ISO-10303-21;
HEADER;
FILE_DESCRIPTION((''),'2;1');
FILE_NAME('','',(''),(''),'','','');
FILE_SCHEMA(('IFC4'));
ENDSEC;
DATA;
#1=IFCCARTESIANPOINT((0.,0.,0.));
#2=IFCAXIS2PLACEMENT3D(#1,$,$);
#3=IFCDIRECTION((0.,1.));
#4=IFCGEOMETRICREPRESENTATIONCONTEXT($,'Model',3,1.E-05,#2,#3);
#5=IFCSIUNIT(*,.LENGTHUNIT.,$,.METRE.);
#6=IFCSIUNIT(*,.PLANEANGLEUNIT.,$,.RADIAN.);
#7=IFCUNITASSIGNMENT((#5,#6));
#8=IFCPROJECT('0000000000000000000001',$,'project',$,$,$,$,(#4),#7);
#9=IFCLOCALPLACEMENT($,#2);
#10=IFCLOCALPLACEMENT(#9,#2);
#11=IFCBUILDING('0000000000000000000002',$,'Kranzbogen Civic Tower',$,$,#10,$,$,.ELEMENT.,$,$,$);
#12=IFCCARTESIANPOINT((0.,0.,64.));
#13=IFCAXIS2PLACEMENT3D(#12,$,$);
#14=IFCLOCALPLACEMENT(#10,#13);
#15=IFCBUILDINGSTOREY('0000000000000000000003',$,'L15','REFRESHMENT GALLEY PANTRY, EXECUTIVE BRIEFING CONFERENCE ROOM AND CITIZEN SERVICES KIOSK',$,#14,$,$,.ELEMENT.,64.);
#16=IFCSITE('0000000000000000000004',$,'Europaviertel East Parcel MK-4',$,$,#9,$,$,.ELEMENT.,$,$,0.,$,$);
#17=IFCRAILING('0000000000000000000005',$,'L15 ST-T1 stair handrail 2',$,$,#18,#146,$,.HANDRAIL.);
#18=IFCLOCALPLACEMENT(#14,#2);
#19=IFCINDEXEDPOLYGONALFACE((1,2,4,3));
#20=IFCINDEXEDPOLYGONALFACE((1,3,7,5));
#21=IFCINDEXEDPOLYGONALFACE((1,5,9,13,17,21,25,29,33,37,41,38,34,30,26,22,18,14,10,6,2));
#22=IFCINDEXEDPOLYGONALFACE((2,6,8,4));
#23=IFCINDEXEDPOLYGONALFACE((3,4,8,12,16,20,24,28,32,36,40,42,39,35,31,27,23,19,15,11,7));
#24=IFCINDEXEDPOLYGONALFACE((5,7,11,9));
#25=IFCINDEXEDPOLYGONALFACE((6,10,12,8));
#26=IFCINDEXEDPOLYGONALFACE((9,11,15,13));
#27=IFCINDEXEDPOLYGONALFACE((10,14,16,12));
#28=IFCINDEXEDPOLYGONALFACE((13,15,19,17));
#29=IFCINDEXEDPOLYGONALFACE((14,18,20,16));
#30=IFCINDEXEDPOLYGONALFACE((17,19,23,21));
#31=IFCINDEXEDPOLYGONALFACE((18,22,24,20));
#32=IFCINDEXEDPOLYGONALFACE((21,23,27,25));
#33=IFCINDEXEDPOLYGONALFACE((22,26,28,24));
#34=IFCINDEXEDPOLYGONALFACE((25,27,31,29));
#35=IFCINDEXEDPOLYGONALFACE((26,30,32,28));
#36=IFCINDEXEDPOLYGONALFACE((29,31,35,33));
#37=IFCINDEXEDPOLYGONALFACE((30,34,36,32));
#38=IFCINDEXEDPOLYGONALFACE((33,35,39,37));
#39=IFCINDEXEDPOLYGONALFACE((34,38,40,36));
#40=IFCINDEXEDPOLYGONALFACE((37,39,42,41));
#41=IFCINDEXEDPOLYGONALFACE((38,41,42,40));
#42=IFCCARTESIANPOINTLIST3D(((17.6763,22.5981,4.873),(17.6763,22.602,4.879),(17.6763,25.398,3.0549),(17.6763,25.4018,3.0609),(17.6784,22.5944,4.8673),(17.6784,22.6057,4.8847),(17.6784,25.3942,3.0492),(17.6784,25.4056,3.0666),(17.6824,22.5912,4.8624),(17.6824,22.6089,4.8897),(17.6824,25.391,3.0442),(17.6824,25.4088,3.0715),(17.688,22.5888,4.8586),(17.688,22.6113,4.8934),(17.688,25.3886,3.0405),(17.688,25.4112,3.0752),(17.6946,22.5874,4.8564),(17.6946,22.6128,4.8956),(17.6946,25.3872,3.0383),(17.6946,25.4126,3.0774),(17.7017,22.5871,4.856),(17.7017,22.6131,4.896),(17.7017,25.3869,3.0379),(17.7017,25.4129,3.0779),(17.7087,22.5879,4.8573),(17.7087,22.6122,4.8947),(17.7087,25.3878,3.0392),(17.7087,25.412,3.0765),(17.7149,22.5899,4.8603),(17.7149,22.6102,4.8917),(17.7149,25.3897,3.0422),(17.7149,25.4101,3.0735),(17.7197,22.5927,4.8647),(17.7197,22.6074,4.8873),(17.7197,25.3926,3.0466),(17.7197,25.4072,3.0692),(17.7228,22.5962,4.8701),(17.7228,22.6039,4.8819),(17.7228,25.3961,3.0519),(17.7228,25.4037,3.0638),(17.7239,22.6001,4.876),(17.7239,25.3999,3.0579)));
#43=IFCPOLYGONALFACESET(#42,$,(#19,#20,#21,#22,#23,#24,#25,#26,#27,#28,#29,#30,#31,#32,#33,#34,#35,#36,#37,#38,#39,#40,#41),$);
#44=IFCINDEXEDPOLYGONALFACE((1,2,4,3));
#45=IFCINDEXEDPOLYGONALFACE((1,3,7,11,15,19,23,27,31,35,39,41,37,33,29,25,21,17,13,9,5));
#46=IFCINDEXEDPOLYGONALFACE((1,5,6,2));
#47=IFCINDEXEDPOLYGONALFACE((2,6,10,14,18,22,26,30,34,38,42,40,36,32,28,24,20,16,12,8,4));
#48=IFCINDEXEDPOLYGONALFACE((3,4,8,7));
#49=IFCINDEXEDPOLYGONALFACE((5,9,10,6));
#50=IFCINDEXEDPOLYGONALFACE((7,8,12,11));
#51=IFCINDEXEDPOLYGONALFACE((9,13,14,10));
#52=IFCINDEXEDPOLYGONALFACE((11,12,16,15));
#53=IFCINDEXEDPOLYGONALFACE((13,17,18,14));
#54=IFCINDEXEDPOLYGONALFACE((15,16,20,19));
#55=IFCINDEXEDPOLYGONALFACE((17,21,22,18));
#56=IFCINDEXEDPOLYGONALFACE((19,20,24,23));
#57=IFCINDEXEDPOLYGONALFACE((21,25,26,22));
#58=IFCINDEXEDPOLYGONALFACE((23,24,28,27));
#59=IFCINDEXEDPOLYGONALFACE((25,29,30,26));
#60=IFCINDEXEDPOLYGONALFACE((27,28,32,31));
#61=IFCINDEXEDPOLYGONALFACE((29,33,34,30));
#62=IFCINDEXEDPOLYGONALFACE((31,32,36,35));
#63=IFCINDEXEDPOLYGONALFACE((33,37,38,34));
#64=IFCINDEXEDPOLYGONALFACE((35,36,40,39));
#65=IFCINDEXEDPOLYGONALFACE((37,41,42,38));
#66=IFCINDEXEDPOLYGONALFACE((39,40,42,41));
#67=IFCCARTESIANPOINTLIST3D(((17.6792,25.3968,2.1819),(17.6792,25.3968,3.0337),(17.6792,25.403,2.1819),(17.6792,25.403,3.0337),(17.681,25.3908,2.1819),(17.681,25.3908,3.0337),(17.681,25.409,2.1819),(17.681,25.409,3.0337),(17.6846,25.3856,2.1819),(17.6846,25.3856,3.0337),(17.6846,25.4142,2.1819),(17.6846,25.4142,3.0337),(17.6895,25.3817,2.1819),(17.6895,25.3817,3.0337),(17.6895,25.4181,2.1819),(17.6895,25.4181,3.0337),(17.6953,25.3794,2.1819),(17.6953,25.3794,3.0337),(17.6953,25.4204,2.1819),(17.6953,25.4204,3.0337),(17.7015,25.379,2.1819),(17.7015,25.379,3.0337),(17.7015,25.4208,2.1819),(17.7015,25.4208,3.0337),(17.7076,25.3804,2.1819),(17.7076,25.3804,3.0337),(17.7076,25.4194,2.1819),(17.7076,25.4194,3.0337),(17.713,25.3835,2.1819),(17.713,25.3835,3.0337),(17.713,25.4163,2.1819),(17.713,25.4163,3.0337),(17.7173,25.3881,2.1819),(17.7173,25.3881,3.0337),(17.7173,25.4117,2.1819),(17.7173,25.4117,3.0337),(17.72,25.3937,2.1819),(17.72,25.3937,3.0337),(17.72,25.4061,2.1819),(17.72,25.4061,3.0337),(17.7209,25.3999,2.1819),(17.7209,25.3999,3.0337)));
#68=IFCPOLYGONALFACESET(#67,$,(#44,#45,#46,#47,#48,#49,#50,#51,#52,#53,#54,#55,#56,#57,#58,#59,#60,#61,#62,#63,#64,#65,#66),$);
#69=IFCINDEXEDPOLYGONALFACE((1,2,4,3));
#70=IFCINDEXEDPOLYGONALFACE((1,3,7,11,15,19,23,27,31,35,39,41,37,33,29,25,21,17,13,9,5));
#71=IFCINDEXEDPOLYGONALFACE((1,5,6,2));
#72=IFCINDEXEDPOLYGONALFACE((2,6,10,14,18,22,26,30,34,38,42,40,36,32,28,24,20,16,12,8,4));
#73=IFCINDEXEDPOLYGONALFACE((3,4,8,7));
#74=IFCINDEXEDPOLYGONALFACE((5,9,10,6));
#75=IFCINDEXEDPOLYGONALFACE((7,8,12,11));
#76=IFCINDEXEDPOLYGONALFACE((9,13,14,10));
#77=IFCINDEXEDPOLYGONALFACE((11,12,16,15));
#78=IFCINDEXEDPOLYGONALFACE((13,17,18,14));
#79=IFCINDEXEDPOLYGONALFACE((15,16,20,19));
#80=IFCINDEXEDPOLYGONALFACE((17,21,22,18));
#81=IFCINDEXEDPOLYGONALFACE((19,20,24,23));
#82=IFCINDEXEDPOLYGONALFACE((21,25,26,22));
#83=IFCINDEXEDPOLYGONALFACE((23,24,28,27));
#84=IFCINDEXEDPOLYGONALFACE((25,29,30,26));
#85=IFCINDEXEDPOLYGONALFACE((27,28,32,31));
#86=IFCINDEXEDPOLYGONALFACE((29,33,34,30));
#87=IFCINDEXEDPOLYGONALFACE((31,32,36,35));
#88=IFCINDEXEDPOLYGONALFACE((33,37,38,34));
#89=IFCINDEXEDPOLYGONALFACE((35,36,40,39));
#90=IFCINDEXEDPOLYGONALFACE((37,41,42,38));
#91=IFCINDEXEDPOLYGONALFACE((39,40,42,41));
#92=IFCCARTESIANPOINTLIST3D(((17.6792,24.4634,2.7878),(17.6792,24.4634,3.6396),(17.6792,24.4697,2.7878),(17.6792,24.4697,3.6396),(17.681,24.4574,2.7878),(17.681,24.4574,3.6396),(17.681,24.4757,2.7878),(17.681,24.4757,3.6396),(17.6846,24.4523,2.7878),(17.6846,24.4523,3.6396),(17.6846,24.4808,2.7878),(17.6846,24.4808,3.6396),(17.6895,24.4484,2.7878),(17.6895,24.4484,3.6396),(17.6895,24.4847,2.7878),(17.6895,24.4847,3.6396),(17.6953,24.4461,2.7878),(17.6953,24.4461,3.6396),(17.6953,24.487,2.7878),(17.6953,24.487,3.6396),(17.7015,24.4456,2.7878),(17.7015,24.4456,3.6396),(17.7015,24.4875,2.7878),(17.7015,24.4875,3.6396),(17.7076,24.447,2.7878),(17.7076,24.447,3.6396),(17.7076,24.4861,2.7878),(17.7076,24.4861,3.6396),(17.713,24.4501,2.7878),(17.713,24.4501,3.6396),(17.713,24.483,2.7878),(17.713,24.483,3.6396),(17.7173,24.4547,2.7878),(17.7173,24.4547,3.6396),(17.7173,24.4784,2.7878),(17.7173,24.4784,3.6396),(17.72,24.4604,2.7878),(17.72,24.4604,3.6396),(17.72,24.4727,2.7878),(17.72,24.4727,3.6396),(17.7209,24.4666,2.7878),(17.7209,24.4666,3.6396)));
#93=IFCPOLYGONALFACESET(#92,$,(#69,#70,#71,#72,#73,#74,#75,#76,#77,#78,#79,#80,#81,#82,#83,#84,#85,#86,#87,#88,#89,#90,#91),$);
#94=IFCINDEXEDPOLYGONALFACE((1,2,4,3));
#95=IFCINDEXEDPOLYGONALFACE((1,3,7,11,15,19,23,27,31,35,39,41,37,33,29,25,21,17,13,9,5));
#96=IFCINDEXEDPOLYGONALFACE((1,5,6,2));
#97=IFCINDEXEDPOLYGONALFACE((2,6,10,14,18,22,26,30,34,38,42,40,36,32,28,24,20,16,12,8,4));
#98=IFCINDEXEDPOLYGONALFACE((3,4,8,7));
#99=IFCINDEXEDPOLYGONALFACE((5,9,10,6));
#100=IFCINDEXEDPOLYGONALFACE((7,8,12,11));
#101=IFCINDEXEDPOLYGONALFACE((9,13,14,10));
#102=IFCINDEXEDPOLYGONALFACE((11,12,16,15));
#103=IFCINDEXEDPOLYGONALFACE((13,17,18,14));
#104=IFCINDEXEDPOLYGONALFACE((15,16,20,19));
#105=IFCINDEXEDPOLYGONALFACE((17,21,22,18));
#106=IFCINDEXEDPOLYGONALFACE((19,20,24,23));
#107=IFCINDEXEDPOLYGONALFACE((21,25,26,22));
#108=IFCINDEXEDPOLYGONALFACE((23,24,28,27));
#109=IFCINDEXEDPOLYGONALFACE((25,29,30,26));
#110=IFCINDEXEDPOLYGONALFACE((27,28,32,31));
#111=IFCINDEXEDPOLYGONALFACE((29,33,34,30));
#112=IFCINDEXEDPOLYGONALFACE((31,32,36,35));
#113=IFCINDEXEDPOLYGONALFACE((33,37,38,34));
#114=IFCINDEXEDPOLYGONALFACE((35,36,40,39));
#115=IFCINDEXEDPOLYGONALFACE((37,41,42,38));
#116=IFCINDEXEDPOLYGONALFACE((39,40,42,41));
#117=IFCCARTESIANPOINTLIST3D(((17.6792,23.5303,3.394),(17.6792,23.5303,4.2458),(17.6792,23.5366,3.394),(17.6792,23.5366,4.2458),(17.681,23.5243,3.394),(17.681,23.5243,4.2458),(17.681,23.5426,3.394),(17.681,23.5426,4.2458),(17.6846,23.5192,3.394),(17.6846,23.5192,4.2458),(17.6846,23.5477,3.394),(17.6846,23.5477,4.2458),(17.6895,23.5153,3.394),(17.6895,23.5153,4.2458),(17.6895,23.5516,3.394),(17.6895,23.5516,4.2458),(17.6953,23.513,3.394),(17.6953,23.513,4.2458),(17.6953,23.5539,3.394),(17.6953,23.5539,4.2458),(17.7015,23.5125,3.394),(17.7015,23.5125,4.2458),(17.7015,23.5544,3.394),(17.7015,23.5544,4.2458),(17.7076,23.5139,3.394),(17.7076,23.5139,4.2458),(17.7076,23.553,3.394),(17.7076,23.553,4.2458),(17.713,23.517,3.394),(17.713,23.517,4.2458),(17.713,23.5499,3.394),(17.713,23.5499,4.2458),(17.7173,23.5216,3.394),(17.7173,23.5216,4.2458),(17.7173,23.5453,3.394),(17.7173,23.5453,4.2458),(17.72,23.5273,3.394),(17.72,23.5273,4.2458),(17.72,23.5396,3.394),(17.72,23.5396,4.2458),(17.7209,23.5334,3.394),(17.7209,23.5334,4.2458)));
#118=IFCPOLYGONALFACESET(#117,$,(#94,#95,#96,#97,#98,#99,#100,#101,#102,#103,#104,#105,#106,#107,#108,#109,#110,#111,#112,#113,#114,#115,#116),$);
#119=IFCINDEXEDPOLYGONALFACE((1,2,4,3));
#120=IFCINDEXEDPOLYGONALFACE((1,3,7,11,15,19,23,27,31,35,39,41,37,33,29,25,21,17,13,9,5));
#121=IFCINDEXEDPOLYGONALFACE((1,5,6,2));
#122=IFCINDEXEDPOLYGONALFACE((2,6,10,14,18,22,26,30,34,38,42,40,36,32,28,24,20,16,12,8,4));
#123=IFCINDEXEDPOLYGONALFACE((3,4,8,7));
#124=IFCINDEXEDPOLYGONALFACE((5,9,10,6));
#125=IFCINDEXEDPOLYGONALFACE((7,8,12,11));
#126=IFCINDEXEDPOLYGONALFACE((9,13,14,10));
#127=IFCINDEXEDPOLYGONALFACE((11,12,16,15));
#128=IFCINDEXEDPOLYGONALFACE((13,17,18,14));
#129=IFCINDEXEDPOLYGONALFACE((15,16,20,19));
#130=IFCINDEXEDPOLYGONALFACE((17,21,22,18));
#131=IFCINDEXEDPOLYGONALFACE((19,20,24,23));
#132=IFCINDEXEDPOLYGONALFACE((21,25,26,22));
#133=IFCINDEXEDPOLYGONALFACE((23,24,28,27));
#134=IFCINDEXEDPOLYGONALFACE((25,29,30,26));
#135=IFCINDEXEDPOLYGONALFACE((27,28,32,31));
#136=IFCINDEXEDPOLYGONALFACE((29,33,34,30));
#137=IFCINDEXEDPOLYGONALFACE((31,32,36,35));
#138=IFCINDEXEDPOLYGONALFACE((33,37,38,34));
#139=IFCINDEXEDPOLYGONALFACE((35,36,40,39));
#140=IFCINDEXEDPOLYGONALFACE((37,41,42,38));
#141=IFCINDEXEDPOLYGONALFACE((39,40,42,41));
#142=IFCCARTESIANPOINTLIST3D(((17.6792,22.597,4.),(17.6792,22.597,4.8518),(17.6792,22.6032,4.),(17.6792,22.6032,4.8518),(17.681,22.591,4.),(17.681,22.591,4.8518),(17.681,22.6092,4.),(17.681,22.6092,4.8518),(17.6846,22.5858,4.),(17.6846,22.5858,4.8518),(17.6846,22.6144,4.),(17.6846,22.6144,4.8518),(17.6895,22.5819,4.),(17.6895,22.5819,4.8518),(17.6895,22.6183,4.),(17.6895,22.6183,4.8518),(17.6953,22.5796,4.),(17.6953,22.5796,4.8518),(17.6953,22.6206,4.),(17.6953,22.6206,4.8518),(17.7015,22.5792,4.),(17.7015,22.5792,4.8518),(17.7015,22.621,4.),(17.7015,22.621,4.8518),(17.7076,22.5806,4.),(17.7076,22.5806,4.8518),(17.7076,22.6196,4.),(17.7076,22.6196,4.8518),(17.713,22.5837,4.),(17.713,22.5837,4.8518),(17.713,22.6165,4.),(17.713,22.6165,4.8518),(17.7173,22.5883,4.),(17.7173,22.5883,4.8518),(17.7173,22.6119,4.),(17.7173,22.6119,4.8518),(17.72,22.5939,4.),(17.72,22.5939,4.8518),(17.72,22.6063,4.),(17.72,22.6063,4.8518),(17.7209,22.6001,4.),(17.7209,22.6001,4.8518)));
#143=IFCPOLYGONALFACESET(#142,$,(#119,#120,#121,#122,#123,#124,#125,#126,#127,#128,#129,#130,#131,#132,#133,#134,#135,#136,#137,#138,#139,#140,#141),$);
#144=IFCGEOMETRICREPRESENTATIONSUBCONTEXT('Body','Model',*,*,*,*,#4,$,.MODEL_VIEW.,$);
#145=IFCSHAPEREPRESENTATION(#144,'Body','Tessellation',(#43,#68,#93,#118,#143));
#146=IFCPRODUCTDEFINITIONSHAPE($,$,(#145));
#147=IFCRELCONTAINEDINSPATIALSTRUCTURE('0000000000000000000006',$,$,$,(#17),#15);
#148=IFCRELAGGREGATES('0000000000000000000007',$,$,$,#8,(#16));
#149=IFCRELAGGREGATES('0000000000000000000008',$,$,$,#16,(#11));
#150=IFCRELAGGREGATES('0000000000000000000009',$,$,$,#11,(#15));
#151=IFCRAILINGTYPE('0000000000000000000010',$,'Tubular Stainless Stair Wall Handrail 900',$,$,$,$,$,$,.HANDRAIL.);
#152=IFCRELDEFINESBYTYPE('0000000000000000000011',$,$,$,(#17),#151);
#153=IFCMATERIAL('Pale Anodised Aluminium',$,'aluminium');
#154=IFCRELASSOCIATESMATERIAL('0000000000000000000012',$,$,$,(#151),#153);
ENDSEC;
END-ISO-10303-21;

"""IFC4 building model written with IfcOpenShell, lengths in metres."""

from ifc_helpers import new_model, si_unit, direction, frame, origin, origin_2d, place, context, subcontext, project, spatial, circle, extrude, material, type_object, element, save


model = new_model("IFC4")

# Units and contexts
model_context = context("Model", 3, precision=1e-05, world=origin(), true_north=direction((0.0, 1.0)))
body_context = subcontext(model_context, "Body", "Model", "MODEL_VIEW")
ifc_project = project(units=[si_unit("LENGTHUNIT", "METRE"), si_unit("PLANEANGLEUNIT", "RADIAN")], contexts=[model_context])

# Site, building, storey
site_placement = place(None, origin())
site = spatial("IfcSite", under=ifc_project, at=site_placement, Name="Europaviertel East Parcel MK-4", CompositionType="ELEMENT", RefElevation=0.0)
building_placement = place(site_placement, origin())
building = spatial("IfcBuilding", under=site, at=building_placement, Name="Kranzbogen Civic Tower", CompositionType="ELEMENT")
storey_placement = place(building_placement, frame((0.0, 0.0, 64.0)))
storey = spatial("IfcBuildingStorey", under=building, at=storey_placement, Name="L15", Description="REFRESHMENT GALLEY PANTRY, EXECUTIVE BRIEFING CONFERENCE ROOM AND CITIZEN SERVICES KIOSK", CompositionType="ELEMENT", Elevation=64.0)

# Shared definitions
ifc_material_1 = material(Name="Pale Anodised Aluminium", Category="aluminium")

# Railing
railing_type_1 = type_object("IfcRailingType", Name="Tubular Stainless Stair Wall Handrail 900", PredefinedType="HANDRAIL", material=ifc_material_1)
railing_1_placement = place(storey_placement, frame((17.7, 25.3999, 2.1819)))
element("IfcRailing", 1, at=railing_1_placement, inside=storey, type_object=railing_type_1, Name="L15 ST-T1 stair handrail 2", PredefinedType="HANDRAIL", context=body_context, shape_type="SweptSolid", body=[
    extrude(circle(Radius=0.0239, at=origin_2d()), frame((0.0, 0.0, 0.876), z_axis=(0.0, -0.838684, 0.544618), x_axis=(1.0, 0.0, 0.0)), (0.0, 0.0, 1.0), 3.3384),
    extrude(circle(Radius=0.021, at=origin_2d()), origin(), (0.0, 0.0, 1.0), 0.8518),
    extrude(circle(Radius=0.021, at=origin_2d()), frame((0.0, -0.9333, 0.606)), (0.0, 0.0, 1.0), 0.8518),
    extrude(circle(Radius=0.021, at=origin_2d()), frame((0.0, -1.8665, 1.2122)), (0.0, 0.0, 1.0), 0.8518),
    extrude(circle(Radius=0.021, at=origin_2d()), frame((0.0, -2.7998, 1.8181)), (0.0, 0.0, 1.0), 0.8518),
])

save(model, "model.ifc")
